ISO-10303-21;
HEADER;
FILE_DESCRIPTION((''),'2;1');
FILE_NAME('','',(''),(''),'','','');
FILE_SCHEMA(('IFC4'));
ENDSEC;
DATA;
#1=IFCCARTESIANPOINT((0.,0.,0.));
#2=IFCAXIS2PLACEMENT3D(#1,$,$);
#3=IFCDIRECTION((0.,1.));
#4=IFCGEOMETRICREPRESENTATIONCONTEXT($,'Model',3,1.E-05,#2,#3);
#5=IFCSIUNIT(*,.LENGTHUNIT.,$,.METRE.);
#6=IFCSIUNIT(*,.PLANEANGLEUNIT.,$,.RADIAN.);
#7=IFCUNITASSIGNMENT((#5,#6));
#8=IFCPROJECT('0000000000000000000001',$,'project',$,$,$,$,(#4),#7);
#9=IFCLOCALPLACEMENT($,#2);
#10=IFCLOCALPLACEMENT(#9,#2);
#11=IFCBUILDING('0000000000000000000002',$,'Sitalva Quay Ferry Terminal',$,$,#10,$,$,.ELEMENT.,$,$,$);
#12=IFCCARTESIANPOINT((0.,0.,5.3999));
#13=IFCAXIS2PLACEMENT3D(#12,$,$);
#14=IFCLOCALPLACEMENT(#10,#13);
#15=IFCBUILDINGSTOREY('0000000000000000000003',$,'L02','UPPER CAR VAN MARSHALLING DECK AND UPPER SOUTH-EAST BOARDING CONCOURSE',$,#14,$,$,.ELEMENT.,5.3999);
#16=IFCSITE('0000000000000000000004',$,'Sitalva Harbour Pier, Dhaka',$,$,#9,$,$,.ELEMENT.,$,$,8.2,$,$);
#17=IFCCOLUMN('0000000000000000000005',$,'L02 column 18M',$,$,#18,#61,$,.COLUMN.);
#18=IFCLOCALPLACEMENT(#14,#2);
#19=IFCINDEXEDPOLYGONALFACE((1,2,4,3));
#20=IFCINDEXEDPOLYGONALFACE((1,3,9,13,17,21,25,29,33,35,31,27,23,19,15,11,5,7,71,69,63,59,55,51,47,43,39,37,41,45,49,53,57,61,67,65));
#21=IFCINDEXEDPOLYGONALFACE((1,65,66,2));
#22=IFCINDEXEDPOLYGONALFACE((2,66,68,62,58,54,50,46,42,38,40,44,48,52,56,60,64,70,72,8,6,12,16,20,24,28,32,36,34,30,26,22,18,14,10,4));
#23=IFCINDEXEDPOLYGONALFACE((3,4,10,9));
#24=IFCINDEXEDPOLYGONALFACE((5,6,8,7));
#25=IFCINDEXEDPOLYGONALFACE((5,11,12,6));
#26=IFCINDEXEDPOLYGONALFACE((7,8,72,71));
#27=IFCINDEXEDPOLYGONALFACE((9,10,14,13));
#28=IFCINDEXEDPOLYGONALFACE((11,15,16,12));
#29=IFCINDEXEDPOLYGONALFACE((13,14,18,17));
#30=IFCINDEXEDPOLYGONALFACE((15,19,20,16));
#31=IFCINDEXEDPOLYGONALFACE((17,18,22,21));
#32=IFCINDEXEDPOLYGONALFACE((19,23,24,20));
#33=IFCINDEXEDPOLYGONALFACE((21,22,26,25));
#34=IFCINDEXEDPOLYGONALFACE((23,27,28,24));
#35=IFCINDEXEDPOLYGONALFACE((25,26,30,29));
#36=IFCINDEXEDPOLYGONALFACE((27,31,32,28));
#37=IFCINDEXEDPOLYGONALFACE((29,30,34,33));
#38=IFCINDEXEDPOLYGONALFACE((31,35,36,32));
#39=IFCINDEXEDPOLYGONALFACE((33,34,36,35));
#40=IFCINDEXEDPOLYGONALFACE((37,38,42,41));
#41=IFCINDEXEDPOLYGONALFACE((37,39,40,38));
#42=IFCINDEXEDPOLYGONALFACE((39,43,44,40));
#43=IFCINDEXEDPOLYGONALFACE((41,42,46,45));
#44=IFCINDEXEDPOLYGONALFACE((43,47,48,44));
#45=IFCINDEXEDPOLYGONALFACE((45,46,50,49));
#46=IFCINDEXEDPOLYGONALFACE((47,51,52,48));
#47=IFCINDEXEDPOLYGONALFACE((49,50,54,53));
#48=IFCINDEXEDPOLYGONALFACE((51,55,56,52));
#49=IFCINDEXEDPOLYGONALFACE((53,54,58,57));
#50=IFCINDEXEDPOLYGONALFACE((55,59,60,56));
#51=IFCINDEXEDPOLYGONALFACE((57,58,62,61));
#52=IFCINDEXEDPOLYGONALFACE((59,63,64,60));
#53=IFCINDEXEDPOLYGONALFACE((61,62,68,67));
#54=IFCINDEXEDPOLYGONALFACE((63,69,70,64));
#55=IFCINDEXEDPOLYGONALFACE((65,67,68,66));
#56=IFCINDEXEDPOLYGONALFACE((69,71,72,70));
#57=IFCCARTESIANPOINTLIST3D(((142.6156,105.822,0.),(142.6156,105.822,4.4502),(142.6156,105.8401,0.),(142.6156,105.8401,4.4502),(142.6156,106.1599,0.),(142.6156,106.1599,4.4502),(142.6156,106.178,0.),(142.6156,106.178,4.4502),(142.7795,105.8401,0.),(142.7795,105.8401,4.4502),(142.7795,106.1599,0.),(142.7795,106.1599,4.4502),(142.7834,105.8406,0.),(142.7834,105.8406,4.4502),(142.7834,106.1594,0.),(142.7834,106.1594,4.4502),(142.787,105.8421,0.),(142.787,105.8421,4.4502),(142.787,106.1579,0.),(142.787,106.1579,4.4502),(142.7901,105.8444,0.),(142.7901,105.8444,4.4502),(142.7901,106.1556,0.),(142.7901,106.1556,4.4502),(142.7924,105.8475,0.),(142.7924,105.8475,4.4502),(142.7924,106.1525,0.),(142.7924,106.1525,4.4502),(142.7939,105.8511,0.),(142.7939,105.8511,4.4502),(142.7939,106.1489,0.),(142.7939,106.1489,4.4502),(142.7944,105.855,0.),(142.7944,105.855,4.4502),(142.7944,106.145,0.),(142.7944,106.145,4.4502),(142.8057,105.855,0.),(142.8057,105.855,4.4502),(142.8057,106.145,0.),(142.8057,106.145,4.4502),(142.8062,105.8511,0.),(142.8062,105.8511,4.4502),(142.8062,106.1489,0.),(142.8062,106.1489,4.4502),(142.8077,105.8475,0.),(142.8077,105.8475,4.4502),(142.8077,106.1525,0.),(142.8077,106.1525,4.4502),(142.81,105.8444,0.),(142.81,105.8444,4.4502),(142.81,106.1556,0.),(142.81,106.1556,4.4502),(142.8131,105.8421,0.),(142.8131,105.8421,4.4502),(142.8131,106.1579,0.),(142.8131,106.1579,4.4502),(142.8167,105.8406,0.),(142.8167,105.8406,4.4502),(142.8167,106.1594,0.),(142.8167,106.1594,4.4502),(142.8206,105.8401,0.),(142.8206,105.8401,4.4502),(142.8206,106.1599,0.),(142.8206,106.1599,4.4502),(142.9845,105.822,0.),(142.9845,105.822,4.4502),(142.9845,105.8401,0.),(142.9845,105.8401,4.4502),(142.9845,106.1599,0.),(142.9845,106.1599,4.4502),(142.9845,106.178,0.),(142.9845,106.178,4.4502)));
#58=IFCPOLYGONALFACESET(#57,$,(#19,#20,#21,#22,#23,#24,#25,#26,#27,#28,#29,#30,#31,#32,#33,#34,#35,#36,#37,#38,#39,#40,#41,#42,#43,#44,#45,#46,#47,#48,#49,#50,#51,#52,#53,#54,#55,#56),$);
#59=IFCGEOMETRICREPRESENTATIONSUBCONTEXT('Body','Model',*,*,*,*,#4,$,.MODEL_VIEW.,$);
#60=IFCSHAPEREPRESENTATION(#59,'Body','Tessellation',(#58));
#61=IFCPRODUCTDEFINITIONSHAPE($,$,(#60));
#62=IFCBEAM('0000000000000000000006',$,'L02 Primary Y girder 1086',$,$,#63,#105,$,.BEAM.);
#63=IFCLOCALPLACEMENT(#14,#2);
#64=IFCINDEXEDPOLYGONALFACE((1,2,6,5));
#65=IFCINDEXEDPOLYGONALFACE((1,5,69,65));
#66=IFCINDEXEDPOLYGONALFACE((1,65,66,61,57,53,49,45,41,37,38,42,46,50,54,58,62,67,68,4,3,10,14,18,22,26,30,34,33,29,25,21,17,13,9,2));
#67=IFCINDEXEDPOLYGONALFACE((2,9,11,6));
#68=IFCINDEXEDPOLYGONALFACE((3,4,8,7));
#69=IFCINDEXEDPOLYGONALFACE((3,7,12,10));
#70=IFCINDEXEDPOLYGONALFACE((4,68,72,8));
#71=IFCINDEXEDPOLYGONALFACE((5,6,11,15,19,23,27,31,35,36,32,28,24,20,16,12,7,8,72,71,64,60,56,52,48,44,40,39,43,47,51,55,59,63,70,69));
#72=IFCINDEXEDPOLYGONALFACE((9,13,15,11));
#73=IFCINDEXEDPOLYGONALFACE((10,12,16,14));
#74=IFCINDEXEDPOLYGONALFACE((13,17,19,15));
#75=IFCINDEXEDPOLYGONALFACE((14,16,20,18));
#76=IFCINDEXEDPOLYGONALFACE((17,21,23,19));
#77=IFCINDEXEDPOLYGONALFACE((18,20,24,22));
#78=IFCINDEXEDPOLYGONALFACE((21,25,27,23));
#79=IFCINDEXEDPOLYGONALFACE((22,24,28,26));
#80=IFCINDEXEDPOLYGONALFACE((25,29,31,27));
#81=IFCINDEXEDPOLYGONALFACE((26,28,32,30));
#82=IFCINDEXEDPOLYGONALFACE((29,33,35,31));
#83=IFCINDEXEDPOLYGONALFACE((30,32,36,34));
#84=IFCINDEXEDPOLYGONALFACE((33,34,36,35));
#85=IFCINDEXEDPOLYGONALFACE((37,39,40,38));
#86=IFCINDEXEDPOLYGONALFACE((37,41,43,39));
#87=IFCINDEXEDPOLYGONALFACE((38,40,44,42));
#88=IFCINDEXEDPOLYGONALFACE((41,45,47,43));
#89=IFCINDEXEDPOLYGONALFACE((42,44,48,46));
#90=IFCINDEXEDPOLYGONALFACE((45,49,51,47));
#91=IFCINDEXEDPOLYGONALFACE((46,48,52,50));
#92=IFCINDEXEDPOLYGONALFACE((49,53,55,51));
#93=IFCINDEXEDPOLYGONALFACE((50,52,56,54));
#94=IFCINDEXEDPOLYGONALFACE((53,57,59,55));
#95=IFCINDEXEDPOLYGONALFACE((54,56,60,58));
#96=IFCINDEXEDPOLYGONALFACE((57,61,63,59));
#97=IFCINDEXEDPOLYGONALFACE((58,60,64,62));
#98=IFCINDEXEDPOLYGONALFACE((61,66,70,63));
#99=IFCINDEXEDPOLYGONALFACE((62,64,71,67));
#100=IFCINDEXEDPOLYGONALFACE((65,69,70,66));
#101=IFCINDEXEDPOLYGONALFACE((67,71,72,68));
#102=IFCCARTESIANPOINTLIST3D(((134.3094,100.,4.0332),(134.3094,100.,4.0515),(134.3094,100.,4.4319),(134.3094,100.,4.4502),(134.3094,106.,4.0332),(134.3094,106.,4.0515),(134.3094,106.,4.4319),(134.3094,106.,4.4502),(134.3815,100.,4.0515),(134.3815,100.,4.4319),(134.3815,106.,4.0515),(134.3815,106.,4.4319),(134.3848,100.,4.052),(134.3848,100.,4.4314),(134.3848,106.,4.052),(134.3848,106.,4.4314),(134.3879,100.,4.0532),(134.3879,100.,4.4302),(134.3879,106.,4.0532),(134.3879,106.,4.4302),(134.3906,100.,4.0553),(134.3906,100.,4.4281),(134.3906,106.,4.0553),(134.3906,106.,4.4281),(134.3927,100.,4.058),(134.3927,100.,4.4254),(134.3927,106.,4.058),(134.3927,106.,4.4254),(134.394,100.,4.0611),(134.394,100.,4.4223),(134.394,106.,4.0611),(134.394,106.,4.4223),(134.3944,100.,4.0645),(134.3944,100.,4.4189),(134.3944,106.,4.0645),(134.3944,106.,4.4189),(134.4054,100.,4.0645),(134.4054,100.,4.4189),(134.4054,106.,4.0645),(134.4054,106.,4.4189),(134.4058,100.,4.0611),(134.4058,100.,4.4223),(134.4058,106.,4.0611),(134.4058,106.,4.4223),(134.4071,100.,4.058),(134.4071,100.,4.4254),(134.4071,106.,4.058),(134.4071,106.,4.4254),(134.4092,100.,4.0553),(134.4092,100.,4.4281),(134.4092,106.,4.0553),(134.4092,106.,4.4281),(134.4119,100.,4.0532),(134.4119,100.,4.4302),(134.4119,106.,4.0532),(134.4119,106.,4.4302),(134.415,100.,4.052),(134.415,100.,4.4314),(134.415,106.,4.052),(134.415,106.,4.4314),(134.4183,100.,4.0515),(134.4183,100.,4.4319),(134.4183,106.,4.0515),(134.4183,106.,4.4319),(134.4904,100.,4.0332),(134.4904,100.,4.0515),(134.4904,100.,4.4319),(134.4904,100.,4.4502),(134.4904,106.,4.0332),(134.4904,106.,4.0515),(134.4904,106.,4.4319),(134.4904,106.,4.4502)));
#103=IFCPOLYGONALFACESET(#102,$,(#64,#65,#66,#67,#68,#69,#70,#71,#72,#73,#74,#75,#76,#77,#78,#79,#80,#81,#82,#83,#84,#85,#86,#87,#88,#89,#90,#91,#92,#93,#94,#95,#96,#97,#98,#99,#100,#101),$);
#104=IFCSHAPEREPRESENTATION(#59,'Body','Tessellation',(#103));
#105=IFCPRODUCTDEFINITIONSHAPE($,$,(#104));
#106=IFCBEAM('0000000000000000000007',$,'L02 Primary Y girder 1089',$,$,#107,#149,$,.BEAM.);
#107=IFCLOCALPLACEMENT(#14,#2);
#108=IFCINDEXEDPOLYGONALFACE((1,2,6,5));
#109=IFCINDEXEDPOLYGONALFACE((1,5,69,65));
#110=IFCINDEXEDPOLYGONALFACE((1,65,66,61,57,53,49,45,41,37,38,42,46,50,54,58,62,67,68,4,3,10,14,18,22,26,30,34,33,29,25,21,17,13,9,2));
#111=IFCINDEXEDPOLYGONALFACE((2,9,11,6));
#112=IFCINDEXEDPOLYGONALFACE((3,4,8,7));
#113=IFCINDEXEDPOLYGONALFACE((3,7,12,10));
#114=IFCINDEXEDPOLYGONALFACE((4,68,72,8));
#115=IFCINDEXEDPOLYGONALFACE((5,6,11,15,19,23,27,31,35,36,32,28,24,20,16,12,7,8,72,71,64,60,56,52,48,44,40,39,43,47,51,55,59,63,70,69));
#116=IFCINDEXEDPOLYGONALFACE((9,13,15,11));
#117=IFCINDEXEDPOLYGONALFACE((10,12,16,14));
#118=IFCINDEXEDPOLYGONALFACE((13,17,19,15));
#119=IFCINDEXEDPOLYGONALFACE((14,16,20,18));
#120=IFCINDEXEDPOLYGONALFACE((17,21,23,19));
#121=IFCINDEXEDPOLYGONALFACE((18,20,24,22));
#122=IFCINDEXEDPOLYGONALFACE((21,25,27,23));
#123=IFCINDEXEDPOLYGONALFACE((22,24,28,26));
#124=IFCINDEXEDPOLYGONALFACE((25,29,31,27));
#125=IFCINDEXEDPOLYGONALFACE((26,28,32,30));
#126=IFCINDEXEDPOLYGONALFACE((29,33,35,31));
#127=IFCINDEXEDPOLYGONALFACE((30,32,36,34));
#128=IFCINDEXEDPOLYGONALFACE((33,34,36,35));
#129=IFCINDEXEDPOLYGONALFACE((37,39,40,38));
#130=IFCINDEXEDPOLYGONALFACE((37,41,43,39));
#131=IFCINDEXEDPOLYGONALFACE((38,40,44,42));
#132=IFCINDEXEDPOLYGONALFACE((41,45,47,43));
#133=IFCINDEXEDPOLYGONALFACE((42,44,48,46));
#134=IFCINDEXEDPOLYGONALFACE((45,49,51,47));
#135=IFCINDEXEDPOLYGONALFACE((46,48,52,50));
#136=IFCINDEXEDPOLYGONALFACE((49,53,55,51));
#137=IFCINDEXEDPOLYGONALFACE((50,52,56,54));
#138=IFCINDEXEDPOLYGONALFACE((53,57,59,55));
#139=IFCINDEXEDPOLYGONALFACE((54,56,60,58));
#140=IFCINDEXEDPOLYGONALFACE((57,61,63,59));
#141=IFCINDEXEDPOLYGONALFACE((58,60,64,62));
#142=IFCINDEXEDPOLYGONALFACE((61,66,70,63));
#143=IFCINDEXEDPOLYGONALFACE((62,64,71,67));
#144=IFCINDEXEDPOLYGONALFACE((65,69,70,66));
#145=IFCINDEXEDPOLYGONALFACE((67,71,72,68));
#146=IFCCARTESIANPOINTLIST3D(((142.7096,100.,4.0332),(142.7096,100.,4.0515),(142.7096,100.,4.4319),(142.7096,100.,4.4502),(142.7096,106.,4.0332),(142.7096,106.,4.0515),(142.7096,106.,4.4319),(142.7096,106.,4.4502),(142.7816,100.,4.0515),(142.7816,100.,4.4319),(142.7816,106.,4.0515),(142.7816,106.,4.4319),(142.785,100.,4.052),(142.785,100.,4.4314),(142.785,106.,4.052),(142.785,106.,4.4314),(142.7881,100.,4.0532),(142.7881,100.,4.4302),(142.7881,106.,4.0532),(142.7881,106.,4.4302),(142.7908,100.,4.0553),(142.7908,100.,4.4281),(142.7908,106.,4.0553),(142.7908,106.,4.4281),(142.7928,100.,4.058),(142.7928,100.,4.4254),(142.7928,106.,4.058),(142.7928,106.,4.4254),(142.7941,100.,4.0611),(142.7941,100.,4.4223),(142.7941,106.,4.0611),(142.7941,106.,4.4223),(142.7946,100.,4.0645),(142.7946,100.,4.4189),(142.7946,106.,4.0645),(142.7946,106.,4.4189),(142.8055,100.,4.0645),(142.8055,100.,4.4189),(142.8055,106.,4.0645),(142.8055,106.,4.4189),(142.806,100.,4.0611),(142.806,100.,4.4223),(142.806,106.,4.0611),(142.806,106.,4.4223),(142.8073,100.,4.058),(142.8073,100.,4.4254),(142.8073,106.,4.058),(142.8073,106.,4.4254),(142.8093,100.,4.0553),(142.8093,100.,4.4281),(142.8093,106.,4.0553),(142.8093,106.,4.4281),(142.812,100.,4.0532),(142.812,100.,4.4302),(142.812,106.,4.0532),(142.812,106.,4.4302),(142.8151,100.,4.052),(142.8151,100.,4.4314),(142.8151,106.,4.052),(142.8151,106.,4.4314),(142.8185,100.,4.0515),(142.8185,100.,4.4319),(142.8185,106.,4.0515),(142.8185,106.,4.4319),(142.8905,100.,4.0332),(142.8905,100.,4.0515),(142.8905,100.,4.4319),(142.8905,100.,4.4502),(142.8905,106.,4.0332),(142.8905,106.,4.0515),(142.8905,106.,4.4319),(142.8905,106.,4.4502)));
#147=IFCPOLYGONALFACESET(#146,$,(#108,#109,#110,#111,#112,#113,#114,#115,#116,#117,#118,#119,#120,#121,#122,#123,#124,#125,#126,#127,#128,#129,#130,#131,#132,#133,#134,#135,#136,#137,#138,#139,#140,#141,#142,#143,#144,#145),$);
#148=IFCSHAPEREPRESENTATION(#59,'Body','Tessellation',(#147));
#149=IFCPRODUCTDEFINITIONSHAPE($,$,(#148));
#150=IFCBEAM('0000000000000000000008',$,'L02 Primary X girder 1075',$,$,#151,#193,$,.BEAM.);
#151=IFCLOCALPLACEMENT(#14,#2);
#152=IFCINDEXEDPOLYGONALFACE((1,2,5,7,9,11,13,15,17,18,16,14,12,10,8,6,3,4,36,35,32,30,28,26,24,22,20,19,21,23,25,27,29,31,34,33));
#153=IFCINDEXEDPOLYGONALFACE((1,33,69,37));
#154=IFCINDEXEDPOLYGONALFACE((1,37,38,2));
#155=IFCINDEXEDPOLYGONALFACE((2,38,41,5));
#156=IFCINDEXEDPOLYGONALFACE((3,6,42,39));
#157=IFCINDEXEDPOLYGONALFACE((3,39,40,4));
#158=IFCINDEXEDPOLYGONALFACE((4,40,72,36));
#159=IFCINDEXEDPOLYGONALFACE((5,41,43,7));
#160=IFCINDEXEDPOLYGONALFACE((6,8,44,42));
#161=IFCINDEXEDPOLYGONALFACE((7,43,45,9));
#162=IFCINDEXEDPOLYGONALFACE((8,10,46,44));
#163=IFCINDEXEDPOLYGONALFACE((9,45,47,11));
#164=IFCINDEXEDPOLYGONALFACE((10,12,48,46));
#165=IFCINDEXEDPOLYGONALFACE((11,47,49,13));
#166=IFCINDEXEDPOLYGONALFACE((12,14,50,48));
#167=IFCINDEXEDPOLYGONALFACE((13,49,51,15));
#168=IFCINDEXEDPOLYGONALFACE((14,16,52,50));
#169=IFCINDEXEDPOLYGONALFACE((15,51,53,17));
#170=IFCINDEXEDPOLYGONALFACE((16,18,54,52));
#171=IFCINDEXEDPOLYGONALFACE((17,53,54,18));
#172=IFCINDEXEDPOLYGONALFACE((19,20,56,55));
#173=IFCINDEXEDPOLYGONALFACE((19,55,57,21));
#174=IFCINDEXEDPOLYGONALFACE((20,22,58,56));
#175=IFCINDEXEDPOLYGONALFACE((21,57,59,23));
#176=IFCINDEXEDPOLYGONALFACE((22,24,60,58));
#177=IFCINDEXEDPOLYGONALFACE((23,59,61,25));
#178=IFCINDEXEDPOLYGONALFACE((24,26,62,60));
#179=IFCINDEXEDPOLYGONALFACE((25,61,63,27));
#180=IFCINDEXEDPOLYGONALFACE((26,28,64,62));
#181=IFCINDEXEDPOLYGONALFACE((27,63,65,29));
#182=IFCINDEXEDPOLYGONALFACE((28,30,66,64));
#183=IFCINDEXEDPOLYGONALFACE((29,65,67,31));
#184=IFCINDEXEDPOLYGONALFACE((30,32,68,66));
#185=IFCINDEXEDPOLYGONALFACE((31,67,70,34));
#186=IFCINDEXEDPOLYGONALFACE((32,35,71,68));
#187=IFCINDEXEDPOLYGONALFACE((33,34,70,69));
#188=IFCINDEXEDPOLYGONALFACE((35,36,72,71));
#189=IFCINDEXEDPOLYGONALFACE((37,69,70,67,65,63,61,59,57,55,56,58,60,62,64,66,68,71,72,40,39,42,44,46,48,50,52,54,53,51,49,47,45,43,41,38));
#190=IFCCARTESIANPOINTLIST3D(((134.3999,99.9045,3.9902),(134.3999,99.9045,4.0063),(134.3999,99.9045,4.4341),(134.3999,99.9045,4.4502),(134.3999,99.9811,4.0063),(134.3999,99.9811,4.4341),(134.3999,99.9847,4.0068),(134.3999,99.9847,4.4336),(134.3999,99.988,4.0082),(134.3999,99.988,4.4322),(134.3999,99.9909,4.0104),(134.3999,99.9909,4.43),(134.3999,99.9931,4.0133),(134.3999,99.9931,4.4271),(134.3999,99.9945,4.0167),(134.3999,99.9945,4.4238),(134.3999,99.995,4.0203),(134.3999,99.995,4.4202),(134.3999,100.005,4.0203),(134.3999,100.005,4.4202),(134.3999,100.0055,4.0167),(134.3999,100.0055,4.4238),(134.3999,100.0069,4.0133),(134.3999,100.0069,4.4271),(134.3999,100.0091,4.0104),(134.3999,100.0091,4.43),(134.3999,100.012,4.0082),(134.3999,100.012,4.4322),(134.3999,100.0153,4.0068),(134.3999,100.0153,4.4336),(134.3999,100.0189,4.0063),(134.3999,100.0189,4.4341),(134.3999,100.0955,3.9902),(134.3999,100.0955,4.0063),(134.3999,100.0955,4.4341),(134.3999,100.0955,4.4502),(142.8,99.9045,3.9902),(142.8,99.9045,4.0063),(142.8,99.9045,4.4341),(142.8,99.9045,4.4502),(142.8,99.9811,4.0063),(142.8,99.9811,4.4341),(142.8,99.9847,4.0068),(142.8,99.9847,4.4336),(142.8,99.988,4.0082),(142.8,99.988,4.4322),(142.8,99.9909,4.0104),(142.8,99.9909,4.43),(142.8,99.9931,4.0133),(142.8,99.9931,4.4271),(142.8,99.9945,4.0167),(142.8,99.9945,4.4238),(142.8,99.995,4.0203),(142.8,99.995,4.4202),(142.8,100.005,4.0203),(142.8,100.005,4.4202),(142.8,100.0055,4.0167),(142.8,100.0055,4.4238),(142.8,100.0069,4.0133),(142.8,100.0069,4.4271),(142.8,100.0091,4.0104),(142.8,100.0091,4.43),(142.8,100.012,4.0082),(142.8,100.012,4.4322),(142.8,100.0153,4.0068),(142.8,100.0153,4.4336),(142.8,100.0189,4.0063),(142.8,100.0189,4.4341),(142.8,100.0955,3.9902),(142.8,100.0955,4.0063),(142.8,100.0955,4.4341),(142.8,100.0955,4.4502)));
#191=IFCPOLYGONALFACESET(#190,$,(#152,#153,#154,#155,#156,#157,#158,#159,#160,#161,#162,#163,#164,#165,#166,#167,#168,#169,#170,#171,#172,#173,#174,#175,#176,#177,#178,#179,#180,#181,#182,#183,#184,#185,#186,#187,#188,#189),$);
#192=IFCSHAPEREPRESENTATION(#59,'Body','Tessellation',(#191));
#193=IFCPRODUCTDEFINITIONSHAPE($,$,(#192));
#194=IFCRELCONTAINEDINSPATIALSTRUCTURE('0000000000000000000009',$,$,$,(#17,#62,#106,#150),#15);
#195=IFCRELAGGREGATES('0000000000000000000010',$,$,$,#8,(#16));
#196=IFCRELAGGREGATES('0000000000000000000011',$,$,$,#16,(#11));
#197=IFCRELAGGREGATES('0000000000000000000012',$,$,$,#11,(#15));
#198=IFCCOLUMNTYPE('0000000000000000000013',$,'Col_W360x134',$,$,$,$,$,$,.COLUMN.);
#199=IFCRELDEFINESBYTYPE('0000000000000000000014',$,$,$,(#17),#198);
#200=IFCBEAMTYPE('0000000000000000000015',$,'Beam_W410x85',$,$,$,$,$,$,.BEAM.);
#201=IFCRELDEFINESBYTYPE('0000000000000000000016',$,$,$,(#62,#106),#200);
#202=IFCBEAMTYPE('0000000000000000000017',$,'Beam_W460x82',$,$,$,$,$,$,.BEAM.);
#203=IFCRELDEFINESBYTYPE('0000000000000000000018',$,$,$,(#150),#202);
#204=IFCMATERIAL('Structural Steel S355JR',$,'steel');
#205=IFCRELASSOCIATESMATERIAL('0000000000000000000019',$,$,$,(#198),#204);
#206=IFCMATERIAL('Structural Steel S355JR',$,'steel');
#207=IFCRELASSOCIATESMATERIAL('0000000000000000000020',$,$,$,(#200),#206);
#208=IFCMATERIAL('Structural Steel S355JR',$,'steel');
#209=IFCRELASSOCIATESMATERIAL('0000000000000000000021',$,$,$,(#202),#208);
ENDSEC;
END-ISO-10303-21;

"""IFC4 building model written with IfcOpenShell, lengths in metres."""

from ifc_helpers import new_model, si_unit, direction, frame, origin, origin_2d, place, context, subcontext, project, spatial, i_section, extrude, material, material_profile, profile_set, type_object, element, save


model = new_model("IFC4")

# Units and contexts
model_context = context("Model", 3, precision=1e-05, world=origin(), true_north=direction((0.0, 1.0)))
body_context = subcontext(model_context, "Body", "Model", "MODEL_VIEW")
ifc_project = project(units=[si_unit("LENGTHUNIT", "METRE"), si_unit("PLANEANGLEUNIT", "RADIAN")], contexts=[model_context])

# Site, building, storey
site_placement = place(None, origin())
site = spatial("IfcSite", under=ifc_project, at=site_placement, Name="Sitalva Harbour Pier, Dhaka", CompositionType="ELEMENT", RefElevation=8.2)
building_placement = place(site_placement, origin())
building = spatial("IfcBuilding", under=site, at=building_placement, Name="Sitalva Quay Ferry Terminal", CompositionType="ELEMENT")
storey_placement = place(building_placement, frame((0.0, 0.0, 5.3999)))
storey = spatial("IfcBuildingStorey", under=building, at=storey_placement, Name="L02", Description="UPPER CAR VAN MARSHALLING DECK AND UPPER SOUTH-EAST BOARDING CONCOURSE", CompositionType="ELEMENT", Elevation=5.3999)

# Column
ifc_material_1 = material(Name="Structural Steel S355JR", Category="steel")
ifc_material_profile_1 = material_profile(ifc_material_1, i_section(OverallWidth=0.3689, OverallDepth=0.356, WebThickness=0.0112, FlangeThickness=0.0181, FilletRadius=0.0149, at=origin_2d()), Name="W360x134")
ifc_profile_set_1 = profile_set([ifc_material_profile_1], Name="Structural Steel S355JR")
column_type = type_object("IfcColumnType", Name="Col_W360x134", PredefinedType="COLUMN", material=ifc_profile_set_1)
for number, where, z_axis, x_axis, name in (
    (1, (142.8, 106.0, 0.0), (0.0, 0.0, 1.0), (1.0, 0.0, 0.0), "L02 column 18M"),
):
    element("IfcColumn", number, at=place(storey_placement, frame(where, z_axis=z_axis, x_axis=x_axis)), inside=storey, type_object=column_type, Name=name, PredefinedType="COLUMN", context=body_context, shape_type="SweptSolid", body=[
        extrude(i_section(OverallWidth=0.3689, OverallDepth=0.356, WebThickness=0.0112, FlangeThickness=0.0181, FilletRadius=0.0149, at=origin_2d()), origin(), (0.0, 0.0, 1.0), 4.4502),
    ])

# Beams
ifc_material_2 = material(Name="Structural Steel S355JR", Category="steel")
ifc_material_profile_2 = material_profile(ifc_material_2, i_section(OverallWidth=0.1809, OverallDepth=0.417, WebThickness=0.011, FlangeThickness=0.0183, FilletRadius=0.0129, at=origin_2d()), Name="W410x85")
ifc_profile_set_2 = profile_set([ifc_material_profile_2], Name="Structural Steel S355JR")
beam_type_1 = type_object("IfcBeamType", Name="Beam_W410x85", PredefinedType="BEAM", material=ifc_profile_set_2)
for number, where, z_axis, x_axis, name in (
    (2, (134.3999, 100.0, 4.2417), (0.0, 1.0, 0.0), (-1.0, 0.0, 0.0), "L02 Primary Y girder 1086"),
    (3, (142.8, 100.0, 4.2417), (0.0, 1.0, 0.0), (-1.0, 0.0, 0.0), "L02 Primary Y girder 1089"),
):
    element("IfcBeam", number, at=place(storey_placement, frame(where, z_axis=z_axis, x_axis=x_axis)), inside=storey, type_object=beam_type_1, Name=name, PredefinedType="BEAM", context=body_context, shape_type="SweptSolid", body=[
        extrude(i_section(OverallWidth=0.1809, OverallDepth=0.417, WebThickness=0.011, FlangeThickness=0.0183, FilletRadius=0.0129, at=origin_2d()), origin(), (0.0, 0.0, 1.0), 6.0),
    ])
ifc_material_3 = material(Name="Structural Steel S355JR", Category="steel")
ifc_material_profile_3 = material_profile(ifc_material_3, i_section(OverallWidth=0.1909, OverallDepth=0.46, WebThickness=0.01, FlangeThickness=0.0161, FilletRadius=0.0139, at=origin_2d()), Name="W460x82")
ifc_profile_set_3 = profile_set([ifc_material_profile_3], Name="Structural Steel S355JR")
beam_type_2 = type_object("IfcBeamType", Name="Beam_W460x82", PredefinedType="BEAM", material=ifc_profile_set_3)
beam_1_placement = place(storey_placement, frame((134.3999, 100.0, 4.2202), z_axis=(1.0, 0.0, 0.0), x_axis=(0.0, 1.0, 0.0)))
element("IfcBeam", 4, at=beam_1_placement, inside=storey, type_object=beam_type_2, Name="L02 Primary X girder 1075", PredefinedType="BEAM", context=body_context, shape_type="SweptSolid", body=[
    extrude(i_section(OverallWidth=0.1909, OverallDepth=0.46, WebThickness=0.01, FlangeThickness=0.0161, FilletRadius=0.0139, at=origin_2d()), origin(), (0.0, 0.0, 1.0), 8.4001),
])

save(model, "model.ifc")
